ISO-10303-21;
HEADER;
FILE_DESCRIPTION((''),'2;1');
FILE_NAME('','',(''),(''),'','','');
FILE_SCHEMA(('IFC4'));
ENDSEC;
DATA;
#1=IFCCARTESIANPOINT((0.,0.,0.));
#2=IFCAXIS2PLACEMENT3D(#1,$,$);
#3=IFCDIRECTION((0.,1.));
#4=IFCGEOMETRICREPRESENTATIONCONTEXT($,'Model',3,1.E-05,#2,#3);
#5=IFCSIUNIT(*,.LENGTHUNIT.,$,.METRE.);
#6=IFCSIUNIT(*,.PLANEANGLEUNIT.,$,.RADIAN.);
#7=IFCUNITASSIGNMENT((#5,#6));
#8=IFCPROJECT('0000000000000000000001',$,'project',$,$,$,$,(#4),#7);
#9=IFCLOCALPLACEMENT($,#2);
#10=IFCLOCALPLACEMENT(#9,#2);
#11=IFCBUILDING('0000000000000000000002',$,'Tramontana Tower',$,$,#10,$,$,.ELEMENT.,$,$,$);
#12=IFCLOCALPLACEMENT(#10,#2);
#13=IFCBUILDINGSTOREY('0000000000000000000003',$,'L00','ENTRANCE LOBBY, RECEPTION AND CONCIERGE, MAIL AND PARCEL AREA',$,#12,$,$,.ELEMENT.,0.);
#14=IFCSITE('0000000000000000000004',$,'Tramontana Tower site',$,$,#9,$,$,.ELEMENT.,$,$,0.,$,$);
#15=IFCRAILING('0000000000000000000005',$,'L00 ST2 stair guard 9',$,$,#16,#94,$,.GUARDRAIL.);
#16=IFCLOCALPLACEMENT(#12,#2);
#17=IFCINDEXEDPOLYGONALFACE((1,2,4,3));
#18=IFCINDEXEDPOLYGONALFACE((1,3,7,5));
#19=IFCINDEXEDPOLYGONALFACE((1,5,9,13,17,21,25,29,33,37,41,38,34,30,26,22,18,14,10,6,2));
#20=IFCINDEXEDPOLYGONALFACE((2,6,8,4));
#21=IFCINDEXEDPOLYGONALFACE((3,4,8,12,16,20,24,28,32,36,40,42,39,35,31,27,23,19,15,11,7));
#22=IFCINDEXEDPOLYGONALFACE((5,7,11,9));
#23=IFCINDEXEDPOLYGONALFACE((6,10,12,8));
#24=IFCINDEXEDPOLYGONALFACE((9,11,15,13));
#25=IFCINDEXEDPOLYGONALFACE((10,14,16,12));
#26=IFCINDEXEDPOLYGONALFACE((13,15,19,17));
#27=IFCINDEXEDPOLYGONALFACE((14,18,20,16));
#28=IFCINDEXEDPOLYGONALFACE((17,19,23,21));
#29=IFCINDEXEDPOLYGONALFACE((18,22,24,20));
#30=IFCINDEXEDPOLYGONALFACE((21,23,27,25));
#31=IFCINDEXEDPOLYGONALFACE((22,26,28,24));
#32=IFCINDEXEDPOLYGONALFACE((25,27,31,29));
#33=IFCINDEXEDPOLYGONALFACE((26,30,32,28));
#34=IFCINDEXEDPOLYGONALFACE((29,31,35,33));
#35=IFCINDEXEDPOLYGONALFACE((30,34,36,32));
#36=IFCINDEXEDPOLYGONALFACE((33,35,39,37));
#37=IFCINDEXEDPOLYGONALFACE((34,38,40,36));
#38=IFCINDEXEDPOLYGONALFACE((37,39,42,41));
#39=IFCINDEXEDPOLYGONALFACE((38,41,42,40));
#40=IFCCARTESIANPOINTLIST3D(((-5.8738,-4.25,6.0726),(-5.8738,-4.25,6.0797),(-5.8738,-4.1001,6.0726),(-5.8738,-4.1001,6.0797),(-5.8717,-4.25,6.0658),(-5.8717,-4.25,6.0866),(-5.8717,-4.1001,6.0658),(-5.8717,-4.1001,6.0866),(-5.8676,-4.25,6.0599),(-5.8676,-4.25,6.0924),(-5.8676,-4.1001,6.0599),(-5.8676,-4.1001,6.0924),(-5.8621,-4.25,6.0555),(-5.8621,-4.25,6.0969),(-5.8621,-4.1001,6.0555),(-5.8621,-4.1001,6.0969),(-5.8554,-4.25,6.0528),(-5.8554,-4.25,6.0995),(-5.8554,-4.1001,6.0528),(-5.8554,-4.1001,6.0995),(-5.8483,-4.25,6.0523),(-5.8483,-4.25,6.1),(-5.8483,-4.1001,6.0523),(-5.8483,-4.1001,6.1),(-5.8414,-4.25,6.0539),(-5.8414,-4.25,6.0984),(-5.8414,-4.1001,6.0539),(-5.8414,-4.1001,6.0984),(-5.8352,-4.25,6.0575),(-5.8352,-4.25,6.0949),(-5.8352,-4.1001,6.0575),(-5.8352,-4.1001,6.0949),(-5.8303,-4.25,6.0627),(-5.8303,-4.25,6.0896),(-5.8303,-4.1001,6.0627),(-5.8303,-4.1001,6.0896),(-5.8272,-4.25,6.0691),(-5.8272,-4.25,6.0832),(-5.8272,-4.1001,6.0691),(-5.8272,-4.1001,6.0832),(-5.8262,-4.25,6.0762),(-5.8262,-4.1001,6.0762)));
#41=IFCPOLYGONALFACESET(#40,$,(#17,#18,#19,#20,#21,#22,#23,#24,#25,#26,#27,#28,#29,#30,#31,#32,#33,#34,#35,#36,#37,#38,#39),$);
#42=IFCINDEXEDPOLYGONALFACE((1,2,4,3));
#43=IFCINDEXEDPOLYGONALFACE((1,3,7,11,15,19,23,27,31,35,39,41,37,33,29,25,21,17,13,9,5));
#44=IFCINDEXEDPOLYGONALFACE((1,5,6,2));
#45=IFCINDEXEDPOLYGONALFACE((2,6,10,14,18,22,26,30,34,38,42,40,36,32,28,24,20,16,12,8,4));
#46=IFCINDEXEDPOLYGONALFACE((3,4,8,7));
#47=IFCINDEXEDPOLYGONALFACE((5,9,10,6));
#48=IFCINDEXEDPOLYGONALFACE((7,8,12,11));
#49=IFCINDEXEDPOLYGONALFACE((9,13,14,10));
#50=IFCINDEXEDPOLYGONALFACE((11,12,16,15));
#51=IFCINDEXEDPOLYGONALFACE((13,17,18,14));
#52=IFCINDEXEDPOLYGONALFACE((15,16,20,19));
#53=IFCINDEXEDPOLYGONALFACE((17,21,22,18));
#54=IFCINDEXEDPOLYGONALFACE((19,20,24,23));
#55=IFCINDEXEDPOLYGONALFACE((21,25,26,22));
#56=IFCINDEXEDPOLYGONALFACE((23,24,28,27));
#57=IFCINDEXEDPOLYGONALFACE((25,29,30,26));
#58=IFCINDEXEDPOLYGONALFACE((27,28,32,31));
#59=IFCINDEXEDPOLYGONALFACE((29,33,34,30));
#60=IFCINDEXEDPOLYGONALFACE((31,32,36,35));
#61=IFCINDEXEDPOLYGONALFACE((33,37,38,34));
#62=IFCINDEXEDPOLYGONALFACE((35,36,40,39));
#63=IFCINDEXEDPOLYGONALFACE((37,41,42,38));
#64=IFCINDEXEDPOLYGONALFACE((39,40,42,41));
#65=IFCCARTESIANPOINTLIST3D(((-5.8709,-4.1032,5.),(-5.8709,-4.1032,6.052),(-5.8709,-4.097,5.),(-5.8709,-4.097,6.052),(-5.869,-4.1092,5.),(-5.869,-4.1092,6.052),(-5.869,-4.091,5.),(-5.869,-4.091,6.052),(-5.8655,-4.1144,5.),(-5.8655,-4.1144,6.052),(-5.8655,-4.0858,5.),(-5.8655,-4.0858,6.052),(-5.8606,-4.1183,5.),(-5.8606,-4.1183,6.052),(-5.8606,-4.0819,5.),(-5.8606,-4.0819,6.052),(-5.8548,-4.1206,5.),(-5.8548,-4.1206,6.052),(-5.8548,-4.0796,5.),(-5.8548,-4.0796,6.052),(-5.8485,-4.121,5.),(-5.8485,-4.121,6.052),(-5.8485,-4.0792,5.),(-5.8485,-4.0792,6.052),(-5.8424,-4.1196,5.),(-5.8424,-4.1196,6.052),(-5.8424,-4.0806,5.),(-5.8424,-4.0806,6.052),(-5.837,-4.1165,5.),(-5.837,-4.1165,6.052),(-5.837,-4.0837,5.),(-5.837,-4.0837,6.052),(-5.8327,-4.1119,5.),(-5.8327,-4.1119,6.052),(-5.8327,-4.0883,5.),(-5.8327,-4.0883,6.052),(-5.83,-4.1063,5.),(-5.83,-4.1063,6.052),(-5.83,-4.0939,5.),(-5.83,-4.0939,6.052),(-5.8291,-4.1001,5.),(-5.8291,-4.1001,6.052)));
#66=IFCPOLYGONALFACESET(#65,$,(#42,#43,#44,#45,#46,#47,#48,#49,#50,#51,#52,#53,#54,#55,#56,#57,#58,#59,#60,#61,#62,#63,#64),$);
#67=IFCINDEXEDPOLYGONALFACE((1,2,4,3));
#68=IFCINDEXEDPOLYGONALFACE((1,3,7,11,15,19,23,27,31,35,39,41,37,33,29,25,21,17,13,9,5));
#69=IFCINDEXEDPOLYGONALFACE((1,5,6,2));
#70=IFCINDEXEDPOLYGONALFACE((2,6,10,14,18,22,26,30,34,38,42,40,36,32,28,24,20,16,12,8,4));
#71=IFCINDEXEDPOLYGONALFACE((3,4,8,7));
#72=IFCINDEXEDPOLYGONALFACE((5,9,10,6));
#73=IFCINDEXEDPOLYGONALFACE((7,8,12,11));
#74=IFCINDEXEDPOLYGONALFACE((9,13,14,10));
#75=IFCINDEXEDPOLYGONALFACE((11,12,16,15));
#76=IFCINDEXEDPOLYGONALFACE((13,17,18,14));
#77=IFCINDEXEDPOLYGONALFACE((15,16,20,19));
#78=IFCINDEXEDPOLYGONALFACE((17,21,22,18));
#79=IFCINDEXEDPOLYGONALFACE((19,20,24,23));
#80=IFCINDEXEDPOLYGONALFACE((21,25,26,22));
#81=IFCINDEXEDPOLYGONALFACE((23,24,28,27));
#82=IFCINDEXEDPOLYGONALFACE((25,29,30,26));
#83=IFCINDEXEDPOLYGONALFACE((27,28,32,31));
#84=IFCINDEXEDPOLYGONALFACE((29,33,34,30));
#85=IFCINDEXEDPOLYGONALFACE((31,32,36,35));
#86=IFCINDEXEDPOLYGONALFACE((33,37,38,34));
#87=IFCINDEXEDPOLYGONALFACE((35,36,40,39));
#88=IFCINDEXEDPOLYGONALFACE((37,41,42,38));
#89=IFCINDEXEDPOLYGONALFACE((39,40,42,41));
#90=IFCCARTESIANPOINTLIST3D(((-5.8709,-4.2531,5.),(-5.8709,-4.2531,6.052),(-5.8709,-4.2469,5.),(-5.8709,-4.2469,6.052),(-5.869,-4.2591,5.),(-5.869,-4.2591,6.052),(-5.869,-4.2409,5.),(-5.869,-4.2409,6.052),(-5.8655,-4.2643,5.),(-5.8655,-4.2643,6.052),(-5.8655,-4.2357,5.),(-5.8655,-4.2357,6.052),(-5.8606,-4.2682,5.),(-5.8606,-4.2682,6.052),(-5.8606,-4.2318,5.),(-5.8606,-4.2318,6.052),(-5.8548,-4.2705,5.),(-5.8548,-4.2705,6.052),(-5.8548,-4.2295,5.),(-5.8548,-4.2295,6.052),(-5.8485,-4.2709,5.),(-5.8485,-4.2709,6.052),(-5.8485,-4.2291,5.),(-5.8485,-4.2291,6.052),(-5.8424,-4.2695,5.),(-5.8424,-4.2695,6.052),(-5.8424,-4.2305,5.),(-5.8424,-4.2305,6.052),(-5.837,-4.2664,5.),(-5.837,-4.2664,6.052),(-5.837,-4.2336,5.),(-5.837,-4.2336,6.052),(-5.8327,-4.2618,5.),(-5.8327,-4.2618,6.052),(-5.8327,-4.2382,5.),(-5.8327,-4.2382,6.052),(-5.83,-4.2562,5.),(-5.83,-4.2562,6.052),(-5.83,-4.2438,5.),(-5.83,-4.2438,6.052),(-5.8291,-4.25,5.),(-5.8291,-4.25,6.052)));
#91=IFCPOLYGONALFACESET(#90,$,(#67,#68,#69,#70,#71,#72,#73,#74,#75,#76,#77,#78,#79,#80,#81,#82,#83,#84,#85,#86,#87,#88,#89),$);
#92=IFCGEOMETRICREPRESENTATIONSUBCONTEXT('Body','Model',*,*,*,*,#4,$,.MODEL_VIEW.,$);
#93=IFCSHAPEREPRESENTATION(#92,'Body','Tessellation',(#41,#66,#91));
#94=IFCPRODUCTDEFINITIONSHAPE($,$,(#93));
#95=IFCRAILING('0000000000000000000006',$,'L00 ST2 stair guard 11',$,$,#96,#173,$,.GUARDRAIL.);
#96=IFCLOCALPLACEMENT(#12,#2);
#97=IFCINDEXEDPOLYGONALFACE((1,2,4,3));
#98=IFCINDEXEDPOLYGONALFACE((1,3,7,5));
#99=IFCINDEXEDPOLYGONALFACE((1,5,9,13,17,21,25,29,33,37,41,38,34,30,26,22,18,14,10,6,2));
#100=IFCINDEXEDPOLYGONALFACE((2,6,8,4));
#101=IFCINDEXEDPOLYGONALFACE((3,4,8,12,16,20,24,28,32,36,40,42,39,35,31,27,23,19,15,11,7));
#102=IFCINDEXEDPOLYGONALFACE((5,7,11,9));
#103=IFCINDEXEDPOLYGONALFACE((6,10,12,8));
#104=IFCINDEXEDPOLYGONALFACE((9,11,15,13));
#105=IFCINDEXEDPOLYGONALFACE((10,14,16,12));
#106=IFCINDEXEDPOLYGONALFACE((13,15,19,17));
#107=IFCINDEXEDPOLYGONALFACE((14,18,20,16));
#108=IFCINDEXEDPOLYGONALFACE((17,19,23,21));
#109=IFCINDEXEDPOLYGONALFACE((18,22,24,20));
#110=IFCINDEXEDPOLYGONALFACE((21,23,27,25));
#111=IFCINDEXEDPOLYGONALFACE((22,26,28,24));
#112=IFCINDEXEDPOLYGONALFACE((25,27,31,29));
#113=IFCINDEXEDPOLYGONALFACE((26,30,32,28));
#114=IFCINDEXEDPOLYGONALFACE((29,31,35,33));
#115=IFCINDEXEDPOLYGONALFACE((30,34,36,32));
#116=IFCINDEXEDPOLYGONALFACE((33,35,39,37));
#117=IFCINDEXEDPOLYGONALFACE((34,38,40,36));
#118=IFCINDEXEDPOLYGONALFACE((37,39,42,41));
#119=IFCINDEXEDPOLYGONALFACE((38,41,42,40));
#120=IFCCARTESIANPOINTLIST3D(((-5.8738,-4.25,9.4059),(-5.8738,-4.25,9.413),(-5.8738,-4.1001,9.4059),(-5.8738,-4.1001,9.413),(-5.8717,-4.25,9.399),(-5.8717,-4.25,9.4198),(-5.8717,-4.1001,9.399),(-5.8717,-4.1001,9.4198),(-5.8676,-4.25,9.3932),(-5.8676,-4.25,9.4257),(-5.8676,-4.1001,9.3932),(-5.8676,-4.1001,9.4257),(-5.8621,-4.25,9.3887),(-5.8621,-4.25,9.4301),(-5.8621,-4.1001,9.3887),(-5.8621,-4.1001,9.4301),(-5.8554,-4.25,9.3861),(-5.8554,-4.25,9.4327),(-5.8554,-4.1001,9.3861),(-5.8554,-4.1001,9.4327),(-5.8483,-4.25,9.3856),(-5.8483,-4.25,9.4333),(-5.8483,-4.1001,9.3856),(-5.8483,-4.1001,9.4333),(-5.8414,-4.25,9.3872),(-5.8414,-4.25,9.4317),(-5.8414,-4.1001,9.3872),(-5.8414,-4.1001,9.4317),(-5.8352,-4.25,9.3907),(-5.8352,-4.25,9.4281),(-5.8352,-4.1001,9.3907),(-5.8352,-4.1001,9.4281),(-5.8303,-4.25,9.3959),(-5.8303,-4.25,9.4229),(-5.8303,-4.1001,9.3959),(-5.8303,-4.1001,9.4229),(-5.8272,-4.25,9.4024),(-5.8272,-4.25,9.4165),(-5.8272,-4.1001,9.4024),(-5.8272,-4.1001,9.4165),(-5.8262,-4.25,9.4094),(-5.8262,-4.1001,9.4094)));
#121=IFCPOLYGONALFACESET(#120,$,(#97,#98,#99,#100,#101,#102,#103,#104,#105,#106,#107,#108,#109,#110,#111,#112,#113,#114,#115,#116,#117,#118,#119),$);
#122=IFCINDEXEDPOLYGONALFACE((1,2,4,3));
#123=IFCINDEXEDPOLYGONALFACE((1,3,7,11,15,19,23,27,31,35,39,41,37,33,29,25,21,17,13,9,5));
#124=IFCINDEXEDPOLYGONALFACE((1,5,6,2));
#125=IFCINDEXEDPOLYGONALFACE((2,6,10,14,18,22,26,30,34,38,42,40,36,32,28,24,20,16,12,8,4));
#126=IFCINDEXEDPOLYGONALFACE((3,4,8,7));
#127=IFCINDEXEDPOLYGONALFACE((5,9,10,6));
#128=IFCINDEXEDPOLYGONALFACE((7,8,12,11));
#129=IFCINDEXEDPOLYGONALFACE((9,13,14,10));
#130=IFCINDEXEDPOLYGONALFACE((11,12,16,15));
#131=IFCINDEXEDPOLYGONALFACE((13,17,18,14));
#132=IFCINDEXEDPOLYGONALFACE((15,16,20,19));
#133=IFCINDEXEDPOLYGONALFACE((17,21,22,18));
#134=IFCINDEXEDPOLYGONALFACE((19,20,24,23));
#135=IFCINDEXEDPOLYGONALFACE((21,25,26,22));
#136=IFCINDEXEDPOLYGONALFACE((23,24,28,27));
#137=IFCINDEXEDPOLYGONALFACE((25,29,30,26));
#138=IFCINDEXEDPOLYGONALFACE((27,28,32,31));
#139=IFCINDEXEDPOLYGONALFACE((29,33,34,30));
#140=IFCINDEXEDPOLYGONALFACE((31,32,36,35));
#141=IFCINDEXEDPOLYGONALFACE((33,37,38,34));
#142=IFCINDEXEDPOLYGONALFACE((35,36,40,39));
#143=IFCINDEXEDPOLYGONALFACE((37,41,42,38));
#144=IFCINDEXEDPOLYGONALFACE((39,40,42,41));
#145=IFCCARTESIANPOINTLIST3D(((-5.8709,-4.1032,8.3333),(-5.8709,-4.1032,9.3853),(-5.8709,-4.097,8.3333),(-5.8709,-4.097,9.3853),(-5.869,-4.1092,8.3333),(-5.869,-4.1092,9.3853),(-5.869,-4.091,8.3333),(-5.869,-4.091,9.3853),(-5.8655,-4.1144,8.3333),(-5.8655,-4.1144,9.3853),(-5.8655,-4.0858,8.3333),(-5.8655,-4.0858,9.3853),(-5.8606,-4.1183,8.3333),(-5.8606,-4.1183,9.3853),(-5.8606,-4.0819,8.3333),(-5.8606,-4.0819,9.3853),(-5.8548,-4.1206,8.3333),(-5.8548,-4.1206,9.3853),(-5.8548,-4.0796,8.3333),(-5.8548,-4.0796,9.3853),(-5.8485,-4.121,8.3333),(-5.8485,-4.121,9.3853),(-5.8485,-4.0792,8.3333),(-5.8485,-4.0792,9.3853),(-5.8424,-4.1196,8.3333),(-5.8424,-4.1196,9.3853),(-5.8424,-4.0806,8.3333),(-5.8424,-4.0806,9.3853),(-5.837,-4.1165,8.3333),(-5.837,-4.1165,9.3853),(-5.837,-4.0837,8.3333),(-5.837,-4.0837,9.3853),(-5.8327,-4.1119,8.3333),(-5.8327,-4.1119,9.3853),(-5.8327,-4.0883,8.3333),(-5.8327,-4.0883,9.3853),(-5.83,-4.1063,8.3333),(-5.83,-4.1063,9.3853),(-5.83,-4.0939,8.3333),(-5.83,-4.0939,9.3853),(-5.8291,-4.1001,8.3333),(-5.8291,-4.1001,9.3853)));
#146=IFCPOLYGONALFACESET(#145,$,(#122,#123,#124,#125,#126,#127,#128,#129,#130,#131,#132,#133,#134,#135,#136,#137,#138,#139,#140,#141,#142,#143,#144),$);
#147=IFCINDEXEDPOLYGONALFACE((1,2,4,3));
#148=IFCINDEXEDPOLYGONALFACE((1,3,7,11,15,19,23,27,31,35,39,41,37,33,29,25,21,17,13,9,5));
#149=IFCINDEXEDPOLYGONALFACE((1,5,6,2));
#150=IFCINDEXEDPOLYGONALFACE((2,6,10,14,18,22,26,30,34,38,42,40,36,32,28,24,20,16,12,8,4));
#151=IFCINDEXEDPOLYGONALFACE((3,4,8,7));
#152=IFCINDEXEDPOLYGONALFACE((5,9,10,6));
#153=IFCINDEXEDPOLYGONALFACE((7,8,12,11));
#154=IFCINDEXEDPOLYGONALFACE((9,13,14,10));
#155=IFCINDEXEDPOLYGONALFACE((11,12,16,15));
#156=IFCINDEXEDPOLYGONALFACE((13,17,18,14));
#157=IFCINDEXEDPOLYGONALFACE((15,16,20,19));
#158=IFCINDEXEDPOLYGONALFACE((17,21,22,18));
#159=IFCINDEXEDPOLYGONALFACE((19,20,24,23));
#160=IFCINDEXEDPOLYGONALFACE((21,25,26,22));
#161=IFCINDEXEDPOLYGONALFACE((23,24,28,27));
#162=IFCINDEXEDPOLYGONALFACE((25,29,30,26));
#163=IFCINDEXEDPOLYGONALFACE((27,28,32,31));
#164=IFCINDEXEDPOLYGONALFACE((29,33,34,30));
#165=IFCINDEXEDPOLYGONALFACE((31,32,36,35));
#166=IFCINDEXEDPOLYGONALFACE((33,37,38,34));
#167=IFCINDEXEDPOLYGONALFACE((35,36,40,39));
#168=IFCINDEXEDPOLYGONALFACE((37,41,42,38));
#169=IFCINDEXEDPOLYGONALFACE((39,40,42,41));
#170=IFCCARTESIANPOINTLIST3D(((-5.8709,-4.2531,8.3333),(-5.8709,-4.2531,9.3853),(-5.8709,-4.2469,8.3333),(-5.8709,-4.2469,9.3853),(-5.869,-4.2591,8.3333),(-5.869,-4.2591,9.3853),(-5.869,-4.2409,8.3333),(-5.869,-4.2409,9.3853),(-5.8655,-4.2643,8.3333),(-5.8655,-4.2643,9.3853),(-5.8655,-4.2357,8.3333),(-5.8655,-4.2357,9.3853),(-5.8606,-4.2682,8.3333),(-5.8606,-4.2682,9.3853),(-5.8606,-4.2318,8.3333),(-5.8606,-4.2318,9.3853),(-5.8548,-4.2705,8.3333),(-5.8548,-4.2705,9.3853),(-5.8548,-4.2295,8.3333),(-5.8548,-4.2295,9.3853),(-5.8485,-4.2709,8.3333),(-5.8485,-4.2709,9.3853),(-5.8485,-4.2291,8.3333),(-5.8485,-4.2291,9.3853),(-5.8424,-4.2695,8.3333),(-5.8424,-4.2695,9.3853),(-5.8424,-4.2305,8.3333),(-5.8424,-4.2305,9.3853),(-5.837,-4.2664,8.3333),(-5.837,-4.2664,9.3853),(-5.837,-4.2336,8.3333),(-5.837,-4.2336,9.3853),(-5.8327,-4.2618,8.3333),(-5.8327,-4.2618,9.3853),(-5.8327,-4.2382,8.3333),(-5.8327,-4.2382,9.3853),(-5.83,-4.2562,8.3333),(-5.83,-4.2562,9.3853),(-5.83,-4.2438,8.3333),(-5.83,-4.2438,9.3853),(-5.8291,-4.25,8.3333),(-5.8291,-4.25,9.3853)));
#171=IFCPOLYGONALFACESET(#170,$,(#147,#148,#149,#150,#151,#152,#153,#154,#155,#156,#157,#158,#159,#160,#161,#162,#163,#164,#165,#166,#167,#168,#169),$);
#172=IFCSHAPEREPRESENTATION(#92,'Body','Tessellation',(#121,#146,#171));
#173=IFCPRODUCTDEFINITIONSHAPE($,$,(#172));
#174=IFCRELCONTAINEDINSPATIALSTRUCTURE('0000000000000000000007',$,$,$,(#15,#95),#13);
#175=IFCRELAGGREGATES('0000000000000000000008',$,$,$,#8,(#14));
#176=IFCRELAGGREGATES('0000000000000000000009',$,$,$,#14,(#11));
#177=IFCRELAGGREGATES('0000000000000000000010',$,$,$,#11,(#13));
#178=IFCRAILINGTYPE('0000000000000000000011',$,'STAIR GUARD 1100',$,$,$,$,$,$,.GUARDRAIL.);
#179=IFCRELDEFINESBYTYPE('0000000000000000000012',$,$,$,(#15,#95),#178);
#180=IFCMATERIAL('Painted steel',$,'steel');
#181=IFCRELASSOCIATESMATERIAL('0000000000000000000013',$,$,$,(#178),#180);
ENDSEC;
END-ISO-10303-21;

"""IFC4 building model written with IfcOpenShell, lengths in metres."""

from ifc_helpers import new_model, si_unit, direction, frame, origin, origin_2d, place, context, subcontext, project, spatial, circle, extrude, material, type_object, element, save


model = new_model("IFC4")

# Units and contexts
model_context = context("Model", 3, precision=1e-05, world=origin(), true_north=direction((0.0, 1.0)))
body_context = subcontext(model_context, "Body", "Model", "MODEL_VIEW")
ifc_project = project(units=[si_unit("LENGTHUNIT", "METRE"), si_unit("PLANEANGLEUNIT", "RADIAN")], contexts=[model_context])

# Site, building, storey
site_placement = place(None, origin())
site = spatial("IfcSite", under=ifc_project, at=site_placement, Name="Tramontana Tower site", CompositionType="ELEMENT", RefElevation=0.0)
building_placement = place(site_placement, origin())
building = spatial("IfcBuilding", under=site, at=building_placement, Name="Tramontana Tower", CompositionType="ELEMENT")
storey_placement = place(building_placement, origin())
storey = spatial("IfcBuildingStorey", under=building, at=storey_placement, Name="L00", Description="ENTRANCE LOBBY, RECEPTION AND CONCIERGE, MAIL AND PARCEL AREA", CompositionType="ELEMENT", Elevation=0.0)

# Railings
ifc_material_1 = material(Name="Painted steel", Category="steel")
railing_type = type_object("IfcRailingType", Name="STAIR GUARD 1100", PredefinedType="GUARDRAIL", material=ifc_material_1)
for number, where, name in (
    (1, (-5.8501, -4.1001, 5.0), "L00 ST2 stair guard 9"),
    (2, (-5.8501, -4.1001, 8.3333), "L00 ST2 stair guard 11"),
):
    element("IfcRailing", number, at=place(storey_placement, frame(where)), inside=storey, type_object=railing_type, Name=name, PredefinedType="GUARDRAIL", context=body_context, shape_type="SweptSolid", body=[
        extrude(circle(Radius=0.0239, at=origin_2d()), frame((0.0, 0.0, 1.0762), z_axis=(0.0, -1.0, 0.0), x_axis=(1.0, 0.0, 0.0)), (0.0, 0.0, 1.0), 0.1499),
        extrude(circle(Radius=0.021, at=origin_2d()), origin(), (0.0, 0.0, 1.0), 1.052),
        extrude(circle(Radius=0.021, at=origin_2d()), frame((0.0, -0.1499, 0.0)), (0.0, 0.0, 1.0), 1.052),
    ])

save(model, "model.ifc")
